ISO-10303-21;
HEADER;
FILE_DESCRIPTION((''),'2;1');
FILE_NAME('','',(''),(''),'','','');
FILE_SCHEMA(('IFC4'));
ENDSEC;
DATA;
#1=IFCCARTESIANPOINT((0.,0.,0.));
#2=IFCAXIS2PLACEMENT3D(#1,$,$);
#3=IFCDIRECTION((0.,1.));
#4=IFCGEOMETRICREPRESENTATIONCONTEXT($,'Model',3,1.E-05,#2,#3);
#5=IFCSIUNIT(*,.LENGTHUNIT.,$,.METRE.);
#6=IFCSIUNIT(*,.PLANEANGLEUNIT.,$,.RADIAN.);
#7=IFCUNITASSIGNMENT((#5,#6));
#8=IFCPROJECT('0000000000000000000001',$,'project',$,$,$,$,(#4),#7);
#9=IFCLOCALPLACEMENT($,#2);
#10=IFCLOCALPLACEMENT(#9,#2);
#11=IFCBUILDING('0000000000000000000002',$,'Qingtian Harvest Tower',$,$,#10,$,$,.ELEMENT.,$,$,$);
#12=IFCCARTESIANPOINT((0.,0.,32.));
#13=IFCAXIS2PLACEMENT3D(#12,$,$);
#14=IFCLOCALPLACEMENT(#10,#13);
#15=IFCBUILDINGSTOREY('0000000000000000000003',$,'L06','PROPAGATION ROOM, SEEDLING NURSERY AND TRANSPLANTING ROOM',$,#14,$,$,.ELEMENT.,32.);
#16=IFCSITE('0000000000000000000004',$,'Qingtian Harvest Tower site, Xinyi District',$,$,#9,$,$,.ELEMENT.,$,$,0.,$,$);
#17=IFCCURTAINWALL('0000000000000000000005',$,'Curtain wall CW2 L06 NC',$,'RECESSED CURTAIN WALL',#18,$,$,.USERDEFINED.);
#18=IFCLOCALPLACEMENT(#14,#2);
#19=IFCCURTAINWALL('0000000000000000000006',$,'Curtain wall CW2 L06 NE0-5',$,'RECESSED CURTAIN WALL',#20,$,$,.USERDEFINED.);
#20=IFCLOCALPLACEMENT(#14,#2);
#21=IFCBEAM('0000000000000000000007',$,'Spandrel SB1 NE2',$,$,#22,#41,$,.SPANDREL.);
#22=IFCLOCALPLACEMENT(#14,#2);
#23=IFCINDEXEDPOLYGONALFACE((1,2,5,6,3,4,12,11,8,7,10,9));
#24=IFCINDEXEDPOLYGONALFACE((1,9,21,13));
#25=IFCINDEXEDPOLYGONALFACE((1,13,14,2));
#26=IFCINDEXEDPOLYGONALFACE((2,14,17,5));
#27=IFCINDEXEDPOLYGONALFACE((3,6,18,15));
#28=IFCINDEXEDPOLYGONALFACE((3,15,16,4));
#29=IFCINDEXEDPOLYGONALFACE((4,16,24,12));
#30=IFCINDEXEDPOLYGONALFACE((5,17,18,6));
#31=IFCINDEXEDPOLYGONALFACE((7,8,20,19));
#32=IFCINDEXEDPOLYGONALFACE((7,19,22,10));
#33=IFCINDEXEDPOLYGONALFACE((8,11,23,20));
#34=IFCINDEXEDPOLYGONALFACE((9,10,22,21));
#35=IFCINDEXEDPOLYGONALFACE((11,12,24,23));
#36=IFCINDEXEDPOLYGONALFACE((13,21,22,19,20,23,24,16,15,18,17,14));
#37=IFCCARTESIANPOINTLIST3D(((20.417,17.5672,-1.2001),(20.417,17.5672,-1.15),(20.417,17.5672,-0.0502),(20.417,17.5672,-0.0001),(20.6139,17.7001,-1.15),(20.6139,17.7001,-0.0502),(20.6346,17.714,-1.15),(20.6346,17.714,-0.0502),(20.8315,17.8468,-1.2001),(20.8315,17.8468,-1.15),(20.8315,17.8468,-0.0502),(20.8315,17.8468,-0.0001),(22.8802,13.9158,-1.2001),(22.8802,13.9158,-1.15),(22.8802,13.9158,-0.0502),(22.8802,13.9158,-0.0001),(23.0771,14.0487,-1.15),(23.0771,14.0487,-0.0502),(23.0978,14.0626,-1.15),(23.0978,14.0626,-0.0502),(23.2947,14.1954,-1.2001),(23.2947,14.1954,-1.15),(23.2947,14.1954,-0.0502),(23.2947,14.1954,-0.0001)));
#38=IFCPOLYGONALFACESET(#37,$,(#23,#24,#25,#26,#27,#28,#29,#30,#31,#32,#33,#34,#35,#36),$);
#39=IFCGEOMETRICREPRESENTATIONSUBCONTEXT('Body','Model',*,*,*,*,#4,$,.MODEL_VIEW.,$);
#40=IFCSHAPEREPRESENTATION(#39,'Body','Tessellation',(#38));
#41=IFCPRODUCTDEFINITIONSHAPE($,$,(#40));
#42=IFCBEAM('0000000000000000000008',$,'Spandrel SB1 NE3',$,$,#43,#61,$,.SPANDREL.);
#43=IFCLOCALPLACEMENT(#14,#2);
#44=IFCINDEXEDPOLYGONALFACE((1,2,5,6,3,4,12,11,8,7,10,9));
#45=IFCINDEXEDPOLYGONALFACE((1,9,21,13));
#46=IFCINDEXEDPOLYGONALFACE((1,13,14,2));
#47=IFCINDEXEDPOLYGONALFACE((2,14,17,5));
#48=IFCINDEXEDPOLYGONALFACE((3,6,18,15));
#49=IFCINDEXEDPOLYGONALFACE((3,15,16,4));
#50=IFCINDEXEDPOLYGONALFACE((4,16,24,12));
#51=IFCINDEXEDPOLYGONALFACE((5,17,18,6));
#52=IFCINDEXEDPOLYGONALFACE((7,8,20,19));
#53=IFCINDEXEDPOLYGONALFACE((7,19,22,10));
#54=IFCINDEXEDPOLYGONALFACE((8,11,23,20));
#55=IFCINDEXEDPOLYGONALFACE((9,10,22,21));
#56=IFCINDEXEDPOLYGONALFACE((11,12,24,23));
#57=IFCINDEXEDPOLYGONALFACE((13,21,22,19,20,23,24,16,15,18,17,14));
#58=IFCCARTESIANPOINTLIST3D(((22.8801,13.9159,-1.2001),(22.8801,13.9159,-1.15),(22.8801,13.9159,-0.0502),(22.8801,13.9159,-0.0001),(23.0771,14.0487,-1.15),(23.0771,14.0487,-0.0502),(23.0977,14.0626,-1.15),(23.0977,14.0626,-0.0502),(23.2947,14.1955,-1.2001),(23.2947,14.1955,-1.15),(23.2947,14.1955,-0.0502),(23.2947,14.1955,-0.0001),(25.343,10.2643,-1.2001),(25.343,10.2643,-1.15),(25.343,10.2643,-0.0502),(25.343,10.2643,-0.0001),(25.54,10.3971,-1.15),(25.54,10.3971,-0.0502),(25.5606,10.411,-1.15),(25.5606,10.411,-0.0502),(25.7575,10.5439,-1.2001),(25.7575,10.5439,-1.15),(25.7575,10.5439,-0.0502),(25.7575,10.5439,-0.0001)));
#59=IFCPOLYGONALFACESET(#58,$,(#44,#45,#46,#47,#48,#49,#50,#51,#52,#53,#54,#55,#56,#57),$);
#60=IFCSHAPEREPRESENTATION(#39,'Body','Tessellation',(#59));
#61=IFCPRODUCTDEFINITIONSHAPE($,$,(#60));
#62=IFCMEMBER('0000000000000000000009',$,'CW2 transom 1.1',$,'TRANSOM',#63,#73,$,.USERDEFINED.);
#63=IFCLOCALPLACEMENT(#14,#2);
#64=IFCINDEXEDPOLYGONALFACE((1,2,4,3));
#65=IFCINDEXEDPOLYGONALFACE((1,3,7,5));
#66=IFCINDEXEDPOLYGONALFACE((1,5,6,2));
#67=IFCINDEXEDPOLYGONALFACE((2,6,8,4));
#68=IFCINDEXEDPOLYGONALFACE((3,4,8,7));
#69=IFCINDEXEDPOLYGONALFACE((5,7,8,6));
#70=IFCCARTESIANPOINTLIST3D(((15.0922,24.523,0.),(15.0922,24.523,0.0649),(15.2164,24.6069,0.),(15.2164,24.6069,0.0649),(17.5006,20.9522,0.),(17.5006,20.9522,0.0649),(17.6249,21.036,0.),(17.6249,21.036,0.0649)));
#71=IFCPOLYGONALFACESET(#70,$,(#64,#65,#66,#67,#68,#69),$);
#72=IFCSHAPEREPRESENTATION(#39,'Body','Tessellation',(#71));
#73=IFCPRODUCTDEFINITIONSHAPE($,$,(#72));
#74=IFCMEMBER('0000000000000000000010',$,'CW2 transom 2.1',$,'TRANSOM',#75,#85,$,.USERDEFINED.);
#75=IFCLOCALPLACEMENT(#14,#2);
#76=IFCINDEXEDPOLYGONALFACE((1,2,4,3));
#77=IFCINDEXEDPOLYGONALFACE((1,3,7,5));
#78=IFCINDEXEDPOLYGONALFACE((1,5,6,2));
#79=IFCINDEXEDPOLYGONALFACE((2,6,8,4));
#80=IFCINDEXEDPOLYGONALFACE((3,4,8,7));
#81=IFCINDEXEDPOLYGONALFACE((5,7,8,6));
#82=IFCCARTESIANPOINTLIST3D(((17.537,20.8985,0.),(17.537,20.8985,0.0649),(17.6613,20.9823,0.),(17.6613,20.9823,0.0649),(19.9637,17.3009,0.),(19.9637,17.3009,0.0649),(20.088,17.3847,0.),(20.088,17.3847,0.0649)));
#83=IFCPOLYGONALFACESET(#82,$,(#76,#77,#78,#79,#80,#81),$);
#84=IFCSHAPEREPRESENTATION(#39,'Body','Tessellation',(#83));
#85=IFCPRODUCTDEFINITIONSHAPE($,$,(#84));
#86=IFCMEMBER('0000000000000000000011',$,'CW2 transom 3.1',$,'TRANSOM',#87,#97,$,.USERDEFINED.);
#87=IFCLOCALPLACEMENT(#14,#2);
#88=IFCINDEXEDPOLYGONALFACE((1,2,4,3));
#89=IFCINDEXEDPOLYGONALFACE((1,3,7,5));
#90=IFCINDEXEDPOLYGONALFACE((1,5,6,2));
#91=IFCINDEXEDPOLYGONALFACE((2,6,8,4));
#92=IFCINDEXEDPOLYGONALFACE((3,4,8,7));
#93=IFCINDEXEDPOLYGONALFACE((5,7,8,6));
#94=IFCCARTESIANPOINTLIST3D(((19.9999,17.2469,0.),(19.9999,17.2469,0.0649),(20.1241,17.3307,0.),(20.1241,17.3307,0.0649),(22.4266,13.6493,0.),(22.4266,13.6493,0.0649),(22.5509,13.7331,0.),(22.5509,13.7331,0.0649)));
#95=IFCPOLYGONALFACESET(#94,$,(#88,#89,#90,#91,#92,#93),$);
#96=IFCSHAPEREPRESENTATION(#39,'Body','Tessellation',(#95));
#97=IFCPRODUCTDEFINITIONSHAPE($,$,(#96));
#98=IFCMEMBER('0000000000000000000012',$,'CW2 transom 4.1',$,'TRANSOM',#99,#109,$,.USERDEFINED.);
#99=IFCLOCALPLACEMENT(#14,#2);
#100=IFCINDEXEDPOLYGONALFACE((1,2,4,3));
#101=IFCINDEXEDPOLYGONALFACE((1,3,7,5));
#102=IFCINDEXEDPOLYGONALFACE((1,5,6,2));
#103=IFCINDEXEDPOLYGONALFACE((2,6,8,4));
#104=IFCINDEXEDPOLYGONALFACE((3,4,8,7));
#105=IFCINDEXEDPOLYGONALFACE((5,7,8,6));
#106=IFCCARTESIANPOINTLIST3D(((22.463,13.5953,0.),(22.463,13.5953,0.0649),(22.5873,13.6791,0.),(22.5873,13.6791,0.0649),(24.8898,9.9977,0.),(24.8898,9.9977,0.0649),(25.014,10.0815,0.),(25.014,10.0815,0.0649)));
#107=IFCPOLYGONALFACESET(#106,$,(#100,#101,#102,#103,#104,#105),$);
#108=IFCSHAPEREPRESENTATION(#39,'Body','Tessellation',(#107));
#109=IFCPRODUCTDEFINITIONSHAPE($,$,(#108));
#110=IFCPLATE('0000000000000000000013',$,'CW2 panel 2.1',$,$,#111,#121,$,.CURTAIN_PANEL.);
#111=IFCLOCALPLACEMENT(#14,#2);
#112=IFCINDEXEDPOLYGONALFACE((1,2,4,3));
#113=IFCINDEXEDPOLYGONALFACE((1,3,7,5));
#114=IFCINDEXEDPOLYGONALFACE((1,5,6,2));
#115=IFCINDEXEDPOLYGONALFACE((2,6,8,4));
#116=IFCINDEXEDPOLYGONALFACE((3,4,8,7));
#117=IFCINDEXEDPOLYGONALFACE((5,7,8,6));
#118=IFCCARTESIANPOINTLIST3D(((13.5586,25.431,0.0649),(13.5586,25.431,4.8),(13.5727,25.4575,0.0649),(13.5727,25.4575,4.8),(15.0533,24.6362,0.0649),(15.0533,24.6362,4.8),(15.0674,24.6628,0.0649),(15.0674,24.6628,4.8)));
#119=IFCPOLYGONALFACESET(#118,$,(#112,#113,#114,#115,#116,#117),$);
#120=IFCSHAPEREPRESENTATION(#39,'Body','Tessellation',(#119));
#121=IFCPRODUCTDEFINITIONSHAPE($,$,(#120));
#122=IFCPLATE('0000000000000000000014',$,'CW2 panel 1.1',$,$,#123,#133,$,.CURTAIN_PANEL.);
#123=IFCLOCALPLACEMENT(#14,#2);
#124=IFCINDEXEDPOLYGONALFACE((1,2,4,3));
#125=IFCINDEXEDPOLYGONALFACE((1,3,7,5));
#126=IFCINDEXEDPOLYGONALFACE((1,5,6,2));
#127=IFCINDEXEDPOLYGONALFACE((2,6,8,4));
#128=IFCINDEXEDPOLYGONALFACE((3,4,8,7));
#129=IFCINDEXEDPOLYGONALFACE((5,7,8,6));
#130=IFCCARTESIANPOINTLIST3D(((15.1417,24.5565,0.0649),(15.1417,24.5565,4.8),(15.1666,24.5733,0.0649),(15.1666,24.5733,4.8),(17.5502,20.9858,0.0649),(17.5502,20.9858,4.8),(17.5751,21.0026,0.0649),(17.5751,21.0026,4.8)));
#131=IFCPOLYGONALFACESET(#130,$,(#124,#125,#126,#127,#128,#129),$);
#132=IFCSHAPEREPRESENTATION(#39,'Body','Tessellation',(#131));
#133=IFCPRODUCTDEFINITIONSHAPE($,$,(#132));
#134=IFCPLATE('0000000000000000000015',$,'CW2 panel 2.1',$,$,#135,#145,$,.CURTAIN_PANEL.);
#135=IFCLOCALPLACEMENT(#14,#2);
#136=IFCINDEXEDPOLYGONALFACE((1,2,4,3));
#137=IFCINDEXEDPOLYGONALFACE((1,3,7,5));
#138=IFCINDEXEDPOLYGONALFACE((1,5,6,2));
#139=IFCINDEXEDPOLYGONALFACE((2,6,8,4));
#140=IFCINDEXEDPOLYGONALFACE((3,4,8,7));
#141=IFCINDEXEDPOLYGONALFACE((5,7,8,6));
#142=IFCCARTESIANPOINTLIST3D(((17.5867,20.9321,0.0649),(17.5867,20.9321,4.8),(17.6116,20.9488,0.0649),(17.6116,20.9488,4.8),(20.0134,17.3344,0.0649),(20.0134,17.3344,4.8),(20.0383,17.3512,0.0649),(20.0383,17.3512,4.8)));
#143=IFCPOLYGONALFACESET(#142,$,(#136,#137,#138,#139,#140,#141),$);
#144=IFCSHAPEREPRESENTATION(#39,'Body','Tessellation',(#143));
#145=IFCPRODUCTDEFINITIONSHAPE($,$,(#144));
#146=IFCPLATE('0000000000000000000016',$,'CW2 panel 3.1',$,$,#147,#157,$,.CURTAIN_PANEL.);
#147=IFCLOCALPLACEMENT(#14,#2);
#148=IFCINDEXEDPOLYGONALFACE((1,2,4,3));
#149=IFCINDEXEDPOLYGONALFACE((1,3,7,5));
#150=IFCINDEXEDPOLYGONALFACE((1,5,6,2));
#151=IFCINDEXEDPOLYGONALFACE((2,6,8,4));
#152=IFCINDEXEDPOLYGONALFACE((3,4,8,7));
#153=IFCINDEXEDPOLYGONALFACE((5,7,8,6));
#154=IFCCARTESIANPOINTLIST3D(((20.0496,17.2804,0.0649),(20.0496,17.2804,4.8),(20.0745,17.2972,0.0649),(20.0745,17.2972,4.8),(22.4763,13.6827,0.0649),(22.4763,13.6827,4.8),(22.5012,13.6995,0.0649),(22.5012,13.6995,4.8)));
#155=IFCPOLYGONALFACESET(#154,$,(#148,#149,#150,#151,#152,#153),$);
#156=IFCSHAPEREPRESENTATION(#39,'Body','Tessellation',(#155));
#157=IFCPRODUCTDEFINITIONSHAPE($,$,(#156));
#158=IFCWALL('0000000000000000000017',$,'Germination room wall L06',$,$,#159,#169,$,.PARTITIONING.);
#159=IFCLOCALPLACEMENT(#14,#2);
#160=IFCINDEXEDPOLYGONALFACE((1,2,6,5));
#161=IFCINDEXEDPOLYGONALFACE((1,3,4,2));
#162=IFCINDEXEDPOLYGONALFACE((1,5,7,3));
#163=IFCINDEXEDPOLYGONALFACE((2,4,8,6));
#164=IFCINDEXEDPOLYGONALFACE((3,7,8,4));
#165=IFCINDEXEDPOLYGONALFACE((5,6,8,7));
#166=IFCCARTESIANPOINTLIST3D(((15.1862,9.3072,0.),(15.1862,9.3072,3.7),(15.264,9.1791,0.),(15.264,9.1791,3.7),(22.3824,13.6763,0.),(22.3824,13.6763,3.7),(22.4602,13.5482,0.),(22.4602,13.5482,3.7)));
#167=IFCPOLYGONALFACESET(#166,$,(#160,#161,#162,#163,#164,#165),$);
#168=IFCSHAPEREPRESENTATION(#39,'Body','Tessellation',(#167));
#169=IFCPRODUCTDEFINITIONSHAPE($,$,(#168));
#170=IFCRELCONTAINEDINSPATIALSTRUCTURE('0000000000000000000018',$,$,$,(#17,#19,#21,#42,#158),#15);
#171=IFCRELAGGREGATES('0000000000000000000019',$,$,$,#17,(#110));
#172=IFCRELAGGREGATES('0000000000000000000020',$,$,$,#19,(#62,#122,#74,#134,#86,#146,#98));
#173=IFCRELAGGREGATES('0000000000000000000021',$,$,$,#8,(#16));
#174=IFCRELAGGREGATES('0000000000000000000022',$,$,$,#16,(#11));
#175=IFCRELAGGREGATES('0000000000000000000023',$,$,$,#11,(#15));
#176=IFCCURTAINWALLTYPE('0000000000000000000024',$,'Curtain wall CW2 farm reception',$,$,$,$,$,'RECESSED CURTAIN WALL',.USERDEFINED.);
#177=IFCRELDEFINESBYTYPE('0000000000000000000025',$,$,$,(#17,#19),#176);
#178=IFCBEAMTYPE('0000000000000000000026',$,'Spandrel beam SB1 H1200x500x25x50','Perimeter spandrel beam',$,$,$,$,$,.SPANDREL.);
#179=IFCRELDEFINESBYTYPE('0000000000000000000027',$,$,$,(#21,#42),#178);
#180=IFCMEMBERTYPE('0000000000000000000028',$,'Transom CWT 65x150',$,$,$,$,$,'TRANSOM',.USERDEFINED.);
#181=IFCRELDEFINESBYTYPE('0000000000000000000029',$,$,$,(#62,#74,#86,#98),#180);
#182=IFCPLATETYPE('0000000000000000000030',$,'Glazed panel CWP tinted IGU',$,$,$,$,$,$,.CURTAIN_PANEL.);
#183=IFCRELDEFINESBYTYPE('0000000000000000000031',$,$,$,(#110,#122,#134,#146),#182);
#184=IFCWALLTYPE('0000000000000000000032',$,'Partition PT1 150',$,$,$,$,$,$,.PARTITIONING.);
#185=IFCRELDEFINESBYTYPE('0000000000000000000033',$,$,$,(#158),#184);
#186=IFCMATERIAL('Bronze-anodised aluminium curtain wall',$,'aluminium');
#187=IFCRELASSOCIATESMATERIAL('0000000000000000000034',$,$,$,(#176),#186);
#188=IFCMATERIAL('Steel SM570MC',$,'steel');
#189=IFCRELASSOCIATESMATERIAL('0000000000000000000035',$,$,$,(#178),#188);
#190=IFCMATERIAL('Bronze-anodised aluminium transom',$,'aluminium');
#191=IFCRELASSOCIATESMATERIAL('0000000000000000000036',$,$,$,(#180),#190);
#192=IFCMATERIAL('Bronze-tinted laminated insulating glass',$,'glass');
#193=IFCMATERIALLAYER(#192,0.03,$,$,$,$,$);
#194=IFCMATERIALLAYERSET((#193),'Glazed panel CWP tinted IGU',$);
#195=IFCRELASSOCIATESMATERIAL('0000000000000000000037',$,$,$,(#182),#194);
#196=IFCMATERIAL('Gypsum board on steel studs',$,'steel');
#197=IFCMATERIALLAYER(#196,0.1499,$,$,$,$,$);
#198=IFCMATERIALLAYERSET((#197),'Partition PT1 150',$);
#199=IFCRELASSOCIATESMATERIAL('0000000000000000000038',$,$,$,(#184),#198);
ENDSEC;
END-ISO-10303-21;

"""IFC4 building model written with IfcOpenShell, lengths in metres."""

from ifc_helpers import new_model, si_unit, direction, frame, frame_2d, origin, origin_2d, place, context, subcontext, project, spatial, rectangle, i_section, extrude, material, layer, layer_set, material_profile, profile_set, type_object, element, aggregate, save


model = new_model("IFC4")

# Units and contexts
model_context = context("Model", 3, precision=1e-05, world=origin(), true_north=direction((0.0, 1.0)))
body_context = subcontext(model_context, "Body", "Model", "MODEL_VIEW")
ifc_project = project(units=[si_unit("LENGTHUNIT", "METRE"), si_unit("PLANEANGLEUNIT", "RADIAN")], contexts=[model_context])

# Site, building, storey
site_placement = place(None, origin())
site = spatial("IfcSite", under=ifc_project, at=site_placement, Name="Qingtian Harvest Tower site, Xinyi District", CompositionType="ELEMENT", RefElevation=0.0)
building_placement = place(site_placement, origin())
building = spatial("IfcBuilding", under=site, at=building_placement, Name="Qingtian Harvest Tower", CompositionType="ELEMENT")
storey_placement = place(building_placement, frame((0.0, 0.0, 32.0)))
storey = spatial("IfcBuildingStorey", under=building, at=storey_placement, Name="L06", Description="PROPAGATION ROOM, SEEDLING NURSERY AND TRANSPLANTING ROOM", CompositionType="ELEMENT", Elevation=32.0)

# Curtain wall
ifc_material_1 = material(Name="Bronze-anodised aluminium curtain wall", Category="aluminium")
curtain_wall_type = type_object("IfcCurtainWallType", Name="Curtain wall CW2 farm reception", ElementType="RECESSED CURTAIN WALL", PredefinedType="USERDEFINED", material=ifc_material_1)
curtain_wall_1_placement = place(storey_placement, origin())
curtain_wall_1 = element("IfcCurtainWall", 1, at=curtain_wall_1_placement, inside=storey, type_object=curtain_wall_type, Name="Curtain wall CW2 L06 NC", ObjectType="RECESSED CURTAIN WALL", PredefinedType="USERDEFINED")

# Curtain wall
curtain_wall_2_placement = place(storey_placement, origin())
curtain_wall_2 = element("IfcCurtainWall", 2, at=curtain_wall_2_placement, inside=storey, type_object=curtain_wall_type, Name="Curtain wall CW2 L06 NE0-5", ObjectType="RECESSED CURTAIN WALL", PredefinedType="USERDEFINED")

# Beams
ifc_material_2 = material(Name="Steel SM570MC", Category="steel")
ifc_material_profile_1 = material_profile(ifc_material_2, i_section(OverallWidth=0.5, OverallDepth=1.2, WebThickness=0.0249, FlangeThickness=0.05, at=origin_2d()), Name="H1200x500x25x50")
ifc_profile_set_1 = profile_set([ifc_material_profile_1], Name="Steel SM570MC")
beam_type_1 = type_object("IfcBeamType", Name="Spandrel beam SB1 H1200x500x25x50", Description="Perimeter spandrel beam", PredefinedType="SPANDREL", material=ifc_profile_set_1)
for number, where, z_axis, x_axis, name in (
    (3, (20.6243, 17.707, -0.6001), (0.559233, -0.829011, 0.0), (0.829011, 0.559233, 0.0), "Spandrel SB1 NE2"),
    (4, (23.0874, 14.0557, -0.6001), (0.559169, -0.829054, 0.0), (0.829054, 0.559169, 0.0), "Spandrel SB1 NE3"),
):
    element("IfcBeam", number, at=place(storey_placement, frame(where, z_axis=z_axis, x_axis=x_axis)), inside=storey, type_object=beam_type_1, Name=name, PredefinedType="SPANDREL", context=body_context, shape_type="SweptSolid", body=[
        extrude(i_section(OverallWidth=0.5, OverallDepth=1.2, WebThickness=0.0249, FlangeThickness=0.05, at=origin_2d()), origin(), (0.0, 0.0, 1.0), 4.4045),
    ])

# Members
ifc_material_3 = material(Name="Bronze-anodised aluminium transom", Category="aluminium")
ifc_material_profile_2 = material_profile(ifc_material_3, rectangle(XDim=0.1499, YDim=0.0649, at=origin_2d()), Name="AL 65x150")
ifc_profile_set_2 = profile_set([ifc_material_profile_2], Name="Bronze-anodised aluminium transom")
member_type_1 = type_object("IfcMemberType", Name="Transom CWT 65x150", ElementType="TRANSOM", PredefinedType="USERDEFINED", material=ifc_profile_set_2)
member_1_placement = place(storey_placement, frame((15.1543, 24.5649, 0.0325), z_axis=(0.559179, -0.829047, 0.0), x_axis=(0.829047, 0.559179, 0.0)))
member_1 = element("IfcMember", 5, at=member_1_placement, type_object=member_type_1, Name="CW2 transom 1.1", ObjectType="TRANSOM", PredefinedType="USERDEFINED", context=body_context, shape_type="SweptSolid", body=[
    extrude(rectangle(XDim=0.1499, YDim=0.0649, at=origin_2d()), origin(), (0.0, 0.0, 1.0), 4.3071),
])
member_2_placement = place(storey_placement, frame((17.5991, 20.9404, 0.0325), z_axis=(0.55921, -0.829026, 0.0), x_axis=(0.829026, 0.55921, 0.0)))
member_2 = element("IfcMember", 6, at=member_2_placement, type_object=member_type_1, Name="CW2 transom 2.1", ObjectType="TRANSOM", PredefinedType="USERDEFINED", context=body_context, shape_type="SweptSolid", body=[
    extrude(rectangle(XDim=0.1499, YDim=0.0649, at=origin_2d()), origin(), (0.0, 0.0, 1.0), 4.3396),
])
member_3_placement = place(storey_placement, frame((20.062, 17.2888, 0.0325), z_axis=(0.55921, -0.829026, 0.0), x_axis=(0.829026, 0.55921, 0.0)))
member_3 = element("IfcMember", 7, at=member_3_placement, type_object=member_type_1, Name="CW2 transom 3.1", ObjectType="TRANSOM", PredefinedType="USERDEFINED", context=body_context, shape_type="SweptSolid", body=[
    extrude(rectangle(XDim=0.1499, YDim=0.0649, at=origin_2d()), origin(), (0.0, 0.0, 1.0), 4.3396),
])
member_4_placement = place(storey_placement, frame((22.5251, 13.6372, 0.0325), z_axis=(0.55921, -0.829026, 0.0), x_axis=(0.829026, 0.55921, 0.0)))
member_4 = element("IfcMember", 8, at=member_4_placement, type_object=member_type_1, Name="CW2 transom 4.1", ObjectType="TRANSOM", PredefinedType="USERDEFINED", context=body_context, shape_type="SweptSolid", body=[
    extrude(rectangle(XDim=0.1499, YDim=0.0649, at=origin_2d()), origin(), (0.0, 0.0, 1.0), 4.3396),
])

# Plates
ifc_material_4 = material(Name="Bronze-tinted laminated insulating glass", Category="glass")
ifc_layer_1 = layer(ifc_material_4, 0.03)
ifc_layer_set_1 = layer_set([ifc_layer_1], Name="Glazed panel CWP tinted IGU")
plate_type = type_object("IfcPlateType", Name="Glazed panel CWP tinted IGU", PredefinedType="CURTAIN_PANEL", material=ifc_layer_set_1)
plate_1_placement = place(storey_placement, frame((14.313, 25.0469, 0.0649), z_axis=(0.0, 0.0, 1.0), x_axis=(0.882948, -0.469472, 0.0)))
plate_1 = element("IfcPlate", 9, at=plate_1_placement, type_object=plate_type, Name="CW2 panel 2.1", PredefinedType="CURTAIN_PANEL", context=body_context, shape_type="SweptSolid", body=[
    extrude(rectangle(XDim=1.6929, YDim=0.03, at=origin_2d()), origin(), (0.0, 0.0, 1.0), 4.7351),
])
aggregate(curtain_wall_1, [plate_1])
plate_2_placement = place(storey_placement, frame((16.3584, 22.7795, 0.0649), z_axis=(0.0, 0.0, 1.0), x_axis=(0.559193, -0.829038, 0.0)))
plate_2 = element("IfcPlate", 10, at=plate_2_placement, type_object=plate_type, Name="CW2 panel 1.1", PredefinedType="CURTAIN_PANEL", context=body_context, shape_type="SweptSolid", body=[
    extrude(rectangle(XDim=4.3071, YDim=0.03, at=origin_2d()), origin(), (0.0, 0.0, 1.0), 4.7351),
])
plate_3_placement = place(storey_placement, frame((18.8125, 19.1416, 0.0649), z_axis=(0.0, 0.0, 1.0), x_axis=(0.559193, -0.829038, 0.0)))
plate_3 = element("IfcPlate", 11, at=plate_3_placement, type_object=plate_type, Name="CW2 panel 2.1", PredefinedType="CURTAIN_PANEL", context=body_context, shape_type="SweptSolid", body=[
    extrude(rectangle(XDim=4.3396, YDim=0.03, at=origin_2d()), origin(), (0.0, 0.0, 1.0), 4.7351),
])
plate_4_placement = place(storey_placement, frame((21.2754, 15.49, 0.0649), z_axis=(0.0, 0.0, 1.0), x_axis=(0.559193, -0.829038, 0.0)))
plate_4 = element("IfcPlate", 12, at=plate_4_placement, type_object=plate_type, Name="CW2 panel 3.1", PredefinedType="CURTAIN_PANEL", context=body_context, shape_type="SweptSolid", body=[
    extrude(rectangle(XDim=4.3396, YDim=0.03, at=origin_2d()), origin(), (0.0, 0.0, 1.0), 4.7351),
])
aggregate(curtain_wall_2, [member_1, plate_2, member_2, plate_3, member_3, plate_4, member_4])

# Wall
ifc_material_5 = material(Name="Gypsum board on steel studs", Category="steel")
ifc_layer_2 = layer(ifc_material_5, 0.1499)
ifc_layer_set_2 = layer_set([ifc_layer_2], Name="Partition PT1 150")
wall_type = type_object("IfcWallType", Name="Partition PT1 150", PredefinedType="PARTITIONING", material=ifc_layer_set_2)
wall_placement = place(storey_placement, frame((22.4214, 13.6123, 0.0), z_axis=(0.0, 0.0, 1.0), x_axis=(-0.854789, -0.518975, 0.0)))
element("IfcWall", 13, at=wall_placement, inside=storey, type_object=wall_type, Name="Germination room wall L06", PredefinedType="PARTITIONING", context=body_context, shape_type="SweptSolid", body=[
    extrude(rectangle(XDim=8.4187, YDim=0.1499, at=frame_2d((4.2095, 0.0))), origin(), (0.0, 0.0, 1.0), 3.7),
])

save(model, "model.ifc")
